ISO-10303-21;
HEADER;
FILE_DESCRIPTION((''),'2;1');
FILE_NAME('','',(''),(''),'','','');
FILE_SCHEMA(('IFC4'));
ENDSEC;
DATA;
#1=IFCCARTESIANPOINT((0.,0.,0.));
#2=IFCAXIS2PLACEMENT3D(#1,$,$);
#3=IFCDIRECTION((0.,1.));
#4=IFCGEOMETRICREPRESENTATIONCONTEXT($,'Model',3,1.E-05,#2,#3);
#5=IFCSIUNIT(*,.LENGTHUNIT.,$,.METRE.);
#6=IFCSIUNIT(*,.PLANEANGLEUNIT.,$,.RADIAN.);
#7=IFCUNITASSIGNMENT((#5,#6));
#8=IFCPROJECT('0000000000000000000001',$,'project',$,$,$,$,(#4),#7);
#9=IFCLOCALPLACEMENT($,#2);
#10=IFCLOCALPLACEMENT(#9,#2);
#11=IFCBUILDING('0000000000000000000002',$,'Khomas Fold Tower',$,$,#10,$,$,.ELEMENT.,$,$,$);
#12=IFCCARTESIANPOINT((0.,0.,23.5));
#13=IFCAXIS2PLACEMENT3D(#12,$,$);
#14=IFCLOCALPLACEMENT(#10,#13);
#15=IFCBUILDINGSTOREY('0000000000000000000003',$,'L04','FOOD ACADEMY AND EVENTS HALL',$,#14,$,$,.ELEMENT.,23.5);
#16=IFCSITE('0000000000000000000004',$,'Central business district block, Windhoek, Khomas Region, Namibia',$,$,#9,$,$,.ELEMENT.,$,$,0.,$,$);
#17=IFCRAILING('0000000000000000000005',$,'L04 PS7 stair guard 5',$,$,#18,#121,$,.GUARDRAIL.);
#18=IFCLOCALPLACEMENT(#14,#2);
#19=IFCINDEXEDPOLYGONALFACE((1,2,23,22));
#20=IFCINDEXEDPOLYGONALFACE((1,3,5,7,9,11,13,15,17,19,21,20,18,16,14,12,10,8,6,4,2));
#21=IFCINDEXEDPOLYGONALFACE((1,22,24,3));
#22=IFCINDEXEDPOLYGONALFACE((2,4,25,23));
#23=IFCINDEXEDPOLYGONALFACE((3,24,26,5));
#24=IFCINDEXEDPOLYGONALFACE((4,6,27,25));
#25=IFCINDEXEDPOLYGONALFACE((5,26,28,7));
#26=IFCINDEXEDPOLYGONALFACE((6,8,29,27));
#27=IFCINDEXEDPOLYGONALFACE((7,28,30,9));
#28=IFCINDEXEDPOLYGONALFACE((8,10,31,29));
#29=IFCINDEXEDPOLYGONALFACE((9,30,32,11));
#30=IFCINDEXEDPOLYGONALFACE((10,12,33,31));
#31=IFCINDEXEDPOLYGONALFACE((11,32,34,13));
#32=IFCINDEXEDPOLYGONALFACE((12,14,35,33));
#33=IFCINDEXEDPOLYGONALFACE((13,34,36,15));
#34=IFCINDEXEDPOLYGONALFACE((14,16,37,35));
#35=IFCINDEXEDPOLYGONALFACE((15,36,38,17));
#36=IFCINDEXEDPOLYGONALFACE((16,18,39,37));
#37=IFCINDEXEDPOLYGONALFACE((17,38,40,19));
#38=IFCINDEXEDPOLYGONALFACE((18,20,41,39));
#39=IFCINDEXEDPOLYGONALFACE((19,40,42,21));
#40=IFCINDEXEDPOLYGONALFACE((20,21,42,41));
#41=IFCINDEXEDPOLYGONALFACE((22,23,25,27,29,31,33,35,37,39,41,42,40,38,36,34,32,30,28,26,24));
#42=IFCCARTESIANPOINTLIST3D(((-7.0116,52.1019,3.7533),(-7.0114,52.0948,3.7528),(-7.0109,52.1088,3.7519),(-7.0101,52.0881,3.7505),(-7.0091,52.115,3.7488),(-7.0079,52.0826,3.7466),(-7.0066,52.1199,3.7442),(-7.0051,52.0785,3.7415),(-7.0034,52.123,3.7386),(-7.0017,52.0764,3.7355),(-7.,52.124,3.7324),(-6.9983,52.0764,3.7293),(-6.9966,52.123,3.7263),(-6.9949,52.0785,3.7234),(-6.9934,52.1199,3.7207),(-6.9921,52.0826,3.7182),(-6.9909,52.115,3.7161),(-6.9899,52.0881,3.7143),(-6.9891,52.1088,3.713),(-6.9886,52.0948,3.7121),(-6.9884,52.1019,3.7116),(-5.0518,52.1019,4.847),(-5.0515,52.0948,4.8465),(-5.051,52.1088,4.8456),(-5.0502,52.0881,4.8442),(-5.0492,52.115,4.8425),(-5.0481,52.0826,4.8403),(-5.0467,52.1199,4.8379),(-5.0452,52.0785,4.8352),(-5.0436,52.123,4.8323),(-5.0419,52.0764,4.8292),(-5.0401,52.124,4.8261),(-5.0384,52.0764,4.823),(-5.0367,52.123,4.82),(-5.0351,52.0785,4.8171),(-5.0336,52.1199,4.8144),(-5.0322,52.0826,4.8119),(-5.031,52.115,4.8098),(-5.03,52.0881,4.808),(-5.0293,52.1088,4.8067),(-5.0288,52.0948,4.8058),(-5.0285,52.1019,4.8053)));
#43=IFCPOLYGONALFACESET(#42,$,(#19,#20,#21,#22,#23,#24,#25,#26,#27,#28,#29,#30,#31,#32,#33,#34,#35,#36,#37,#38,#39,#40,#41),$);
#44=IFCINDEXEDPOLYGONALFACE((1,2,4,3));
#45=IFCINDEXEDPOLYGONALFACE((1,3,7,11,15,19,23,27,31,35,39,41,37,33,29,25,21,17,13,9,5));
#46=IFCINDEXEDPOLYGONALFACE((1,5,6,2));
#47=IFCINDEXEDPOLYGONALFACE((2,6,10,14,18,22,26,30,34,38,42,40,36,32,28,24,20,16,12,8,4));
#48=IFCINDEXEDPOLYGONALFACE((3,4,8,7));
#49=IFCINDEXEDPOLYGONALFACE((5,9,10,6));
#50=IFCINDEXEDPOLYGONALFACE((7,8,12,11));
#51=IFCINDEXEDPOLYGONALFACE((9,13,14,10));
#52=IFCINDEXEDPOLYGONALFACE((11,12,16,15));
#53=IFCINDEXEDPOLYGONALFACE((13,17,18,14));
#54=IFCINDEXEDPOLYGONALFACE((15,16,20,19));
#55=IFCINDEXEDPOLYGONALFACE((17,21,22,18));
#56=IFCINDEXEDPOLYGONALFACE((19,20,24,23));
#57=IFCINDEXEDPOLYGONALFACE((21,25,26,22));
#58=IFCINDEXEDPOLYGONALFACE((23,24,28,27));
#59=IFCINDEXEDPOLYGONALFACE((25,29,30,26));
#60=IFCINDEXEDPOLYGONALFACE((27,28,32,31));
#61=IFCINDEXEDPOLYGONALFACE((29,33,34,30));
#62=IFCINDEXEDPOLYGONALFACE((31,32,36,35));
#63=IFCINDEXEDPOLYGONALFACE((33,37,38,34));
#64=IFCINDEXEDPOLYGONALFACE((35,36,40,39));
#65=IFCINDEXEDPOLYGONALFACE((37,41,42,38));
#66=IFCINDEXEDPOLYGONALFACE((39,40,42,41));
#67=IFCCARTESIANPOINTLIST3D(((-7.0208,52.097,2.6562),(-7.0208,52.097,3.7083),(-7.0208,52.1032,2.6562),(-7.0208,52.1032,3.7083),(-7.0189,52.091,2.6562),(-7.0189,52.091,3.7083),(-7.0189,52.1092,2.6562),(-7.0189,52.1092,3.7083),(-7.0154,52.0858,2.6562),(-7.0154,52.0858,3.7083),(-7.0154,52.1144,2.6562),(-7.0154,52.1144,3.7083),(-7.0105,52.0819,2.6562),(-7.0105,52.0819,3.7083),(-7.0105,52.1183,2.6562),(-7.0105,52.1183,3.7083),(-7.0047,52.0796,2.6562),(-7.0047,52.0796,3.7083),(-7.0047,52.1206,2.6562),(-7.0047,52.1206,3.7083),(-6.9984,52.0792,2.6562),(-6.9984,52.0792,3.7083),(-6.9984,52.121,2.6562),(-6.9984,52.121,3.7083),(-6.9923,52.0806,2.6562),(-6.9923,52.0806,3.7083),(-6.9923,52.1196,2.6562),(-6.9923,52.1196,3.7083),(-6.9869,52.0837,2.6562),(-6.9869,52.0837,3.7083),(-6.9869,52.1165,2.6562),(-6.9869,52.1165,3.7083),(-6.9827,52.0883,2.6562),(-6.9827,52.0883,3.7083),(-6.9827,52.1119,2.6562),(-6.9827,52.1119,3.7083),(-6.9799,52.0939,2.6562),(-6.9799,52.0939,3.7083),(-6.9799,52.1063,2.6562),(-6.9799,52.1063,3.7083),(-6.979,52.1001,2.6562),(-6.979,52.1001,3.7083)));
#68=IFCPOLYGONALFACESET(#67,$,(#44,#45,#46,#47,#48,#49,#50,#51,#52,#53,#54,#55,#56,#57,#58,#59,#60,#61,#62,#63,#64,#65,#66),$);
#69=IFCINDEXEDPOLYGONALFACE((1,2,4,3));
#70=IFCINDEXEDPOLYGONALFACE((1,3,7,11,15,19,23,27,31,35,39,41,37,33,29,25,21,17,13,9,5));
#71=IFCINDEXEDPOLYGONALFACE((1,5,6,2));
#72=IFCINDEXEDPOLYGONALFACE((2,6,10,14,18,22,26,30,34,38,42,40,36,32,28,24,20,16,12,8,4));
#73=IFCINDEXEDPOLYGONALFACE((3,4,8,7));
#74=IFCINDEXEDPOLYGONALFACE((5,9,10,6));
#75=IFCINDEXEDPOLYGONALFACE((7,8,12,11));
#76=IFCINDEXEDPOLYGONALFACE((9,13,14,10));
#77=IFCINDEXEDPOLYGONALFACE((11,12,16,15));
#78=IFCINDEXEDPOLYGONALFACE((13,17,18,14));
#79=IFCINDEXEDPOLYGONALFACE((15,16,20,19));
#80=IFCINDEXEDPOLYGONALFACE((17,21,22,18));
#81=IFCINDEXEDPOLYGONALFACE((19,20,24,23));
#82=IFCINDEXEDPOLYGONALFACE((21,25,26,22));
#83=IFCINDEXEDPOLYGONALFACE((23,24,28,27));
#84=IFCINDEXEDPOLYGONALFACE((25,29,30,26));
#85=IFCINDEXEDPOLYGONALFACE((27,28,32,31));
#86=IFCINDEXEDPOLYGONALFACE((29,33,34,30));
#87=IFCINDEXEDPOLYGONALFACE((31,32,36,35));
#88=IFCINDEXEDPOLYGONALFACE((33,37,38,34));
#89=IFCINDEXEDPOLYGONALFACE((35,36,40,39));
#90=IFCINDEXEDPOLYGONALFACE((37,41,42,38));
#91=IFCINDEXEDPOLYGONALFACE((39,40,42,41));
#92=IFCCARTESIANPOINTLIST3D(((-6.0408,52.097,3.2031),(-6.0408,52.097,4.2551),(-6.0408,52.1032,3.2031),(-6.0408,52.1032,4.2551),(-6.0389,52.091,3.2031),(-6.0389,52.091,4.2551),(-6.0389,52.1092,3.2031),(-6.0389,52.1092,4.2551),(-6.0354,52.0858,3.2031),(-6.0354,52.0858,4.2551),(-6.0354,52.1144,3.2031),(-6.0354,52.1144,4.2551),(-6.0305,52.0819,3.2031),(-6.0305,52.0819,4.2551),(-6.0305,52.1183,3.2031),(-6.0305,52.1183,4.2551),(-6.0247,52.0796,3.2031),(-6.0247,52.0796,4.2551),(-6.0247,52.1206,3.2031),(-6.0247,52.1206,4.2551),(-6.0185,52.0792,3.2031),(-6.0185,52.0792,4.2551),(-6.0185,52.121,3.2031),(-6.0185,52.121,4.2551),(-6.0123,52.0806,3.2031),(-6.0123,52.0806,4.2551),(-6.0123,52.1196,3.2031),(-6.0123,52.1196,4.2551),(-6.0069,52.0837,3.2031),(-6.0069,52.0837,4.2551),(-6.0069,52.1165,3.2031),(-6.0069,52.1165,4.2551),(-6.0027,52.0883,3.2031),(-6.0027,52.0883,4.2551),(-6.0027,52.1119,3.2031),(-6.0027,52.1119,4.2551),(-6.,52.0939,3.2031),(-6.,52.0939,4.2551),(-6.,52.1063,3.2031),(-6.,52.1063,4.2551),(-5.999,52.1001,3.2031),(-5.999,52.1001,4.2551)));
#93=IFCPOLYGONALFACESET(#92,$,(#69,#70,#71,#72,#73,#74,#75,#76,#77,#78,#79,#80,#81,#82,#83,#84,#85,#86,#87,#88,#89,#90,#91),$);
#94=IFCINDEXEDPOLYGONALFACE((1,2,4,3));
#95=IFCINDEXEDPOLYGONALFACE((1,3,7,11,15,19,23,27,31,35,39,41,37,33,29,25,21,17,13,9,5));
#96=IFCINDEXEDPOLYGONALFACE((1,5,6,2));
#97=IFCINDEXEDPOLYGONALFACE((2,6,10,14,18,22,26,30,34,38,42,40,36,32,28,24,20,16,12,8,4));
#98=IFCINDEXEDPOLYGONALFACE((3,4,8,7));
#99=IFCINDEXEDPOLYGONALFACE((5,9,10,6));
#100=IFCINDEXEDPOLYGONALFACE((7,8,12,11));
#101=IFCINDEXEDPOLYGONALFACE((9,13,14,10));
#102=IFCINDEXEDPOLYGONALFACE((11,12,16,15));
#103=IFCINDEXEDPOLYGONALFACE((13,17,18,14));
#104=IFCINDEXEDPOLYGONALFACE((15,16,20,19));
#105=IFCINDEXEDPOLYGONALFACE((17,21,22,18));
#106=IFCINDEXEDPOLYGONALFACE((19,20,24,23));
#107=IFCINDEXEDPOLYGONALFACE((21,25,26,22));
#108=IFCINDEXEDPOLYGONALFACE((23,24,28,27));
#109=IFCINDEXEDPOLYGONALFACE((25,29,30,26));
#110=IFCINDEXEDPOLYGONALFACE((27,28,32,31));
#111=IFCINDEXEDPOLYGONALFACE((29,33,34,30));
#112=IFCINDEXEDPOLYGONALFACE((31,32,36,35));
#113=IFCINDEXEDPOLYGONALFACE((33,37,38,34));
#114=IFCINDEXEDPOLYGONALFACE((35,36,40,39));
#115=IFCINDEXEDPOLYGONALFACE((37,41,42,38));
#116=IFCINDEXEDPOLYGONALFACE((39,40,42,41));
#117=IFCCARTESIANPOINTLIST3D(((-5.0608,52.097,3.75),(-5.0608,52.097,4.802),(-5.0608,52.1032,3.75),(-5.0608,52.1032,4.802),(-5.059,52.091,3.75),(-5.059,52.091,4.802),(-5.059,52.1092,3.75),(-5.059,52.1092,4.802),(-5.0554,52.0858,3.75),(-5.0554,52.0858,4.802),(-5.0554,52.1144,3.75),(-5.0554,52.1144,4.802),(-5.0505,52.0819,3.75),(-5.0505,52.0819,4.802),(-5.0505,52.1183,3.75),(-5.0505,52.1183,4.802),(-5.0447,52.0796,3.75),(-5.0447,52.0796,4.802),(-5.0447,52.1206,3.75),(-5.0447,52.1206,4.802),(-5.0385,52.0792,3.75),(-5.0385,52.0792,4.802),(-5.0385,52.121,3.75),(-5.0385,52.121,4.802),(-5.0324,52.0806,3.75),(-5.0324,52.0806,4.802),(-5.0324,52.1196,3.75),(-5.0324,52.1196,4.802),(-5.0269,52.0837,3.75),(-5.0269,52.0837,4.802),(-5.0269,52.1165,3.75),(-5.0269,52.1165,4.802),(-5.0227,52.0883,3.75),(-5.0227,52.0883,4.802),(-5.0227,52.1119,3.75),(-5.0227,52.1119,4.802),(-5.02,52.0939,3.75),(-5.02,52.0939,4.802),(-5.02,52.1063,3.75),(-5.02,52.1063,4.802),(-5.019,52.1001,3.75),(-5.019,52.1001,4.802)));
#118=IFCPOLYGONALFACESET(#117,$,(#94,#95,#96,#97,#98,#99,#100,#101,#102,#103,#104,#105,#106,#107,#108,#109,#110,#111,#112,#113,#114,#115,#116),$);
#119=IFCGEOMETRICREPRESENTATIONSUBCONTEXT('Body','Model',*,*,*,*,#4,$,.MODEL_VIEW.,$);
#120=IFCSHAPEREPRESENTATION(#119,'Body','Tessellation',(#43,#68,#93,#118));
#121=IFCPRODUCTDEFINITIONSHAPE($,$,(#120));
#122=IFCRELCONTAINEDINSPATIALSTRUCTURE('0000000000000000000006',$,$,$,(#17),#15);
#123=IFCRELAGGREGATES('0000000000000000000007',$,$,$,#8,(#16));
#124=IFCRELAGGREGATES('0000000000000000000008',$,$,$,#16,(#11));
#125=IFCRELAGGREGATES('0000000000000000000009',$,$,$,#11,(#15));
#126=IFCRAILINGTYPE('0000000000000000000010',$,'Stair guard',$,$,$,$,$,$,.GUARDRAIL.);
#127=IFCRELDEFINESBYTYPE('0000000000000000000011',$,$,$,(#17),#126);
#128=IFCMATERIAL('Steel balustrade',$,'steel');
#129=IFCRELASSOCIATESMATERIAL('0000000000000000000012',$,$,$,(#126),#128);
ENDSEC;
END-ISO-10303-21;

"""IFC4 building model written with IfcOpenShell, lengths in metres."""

from ifc_helpers import new_model, si_unit, direction, frame, origin, origin_2d, place, context, subcontext, project, spatial, circle, extrude, source, transform, mapped, material, type_object, element, save


model = new_model("IFC4")

# Units and contexts
model_context = context("Model", 3, precision=1e-05, world=origin(), true_north=direction((0.0, 1.0)))
body_context = subcontext(model_context, "Body", "Model", "MODEL_VIEW")
ifc_project = project(units=[si_unit("LENGTHUNIT", "METRE"), si_unit("PLANEANGLEUNIT", "RADIAN")], contexts=[model_context])

# Site, building, storey
site_placement = place(None, origin())
site = spatial("IfcSite", under=ifc_project, at=site_placement, Name="Central business district block, Windhoek, Khomas Region, Namibia", CompositionType="ELEMENT", RefElevation=0.0)
building_placement = place(site_placement, origin())
building = spatial("IfcBuilding", under=site, at=building_placement, Name="Khomas Fold Tower", CompositionType="ELEMENT")
storey_placement = place(building_placement, frame((0.0, 0.0, 23.5)))
storey = spatial("IfcBuildingStorey", under=building, at=storey_placement, Name="L04", Description="FOOD ACADEMY AND EVENTS HALL", CompositionType="ELEMENT", Elevation=23.5)

# Railing
ifc_material_1 = material(Name="Steel balustrade", Category="steel")
railing_type_1 = type_object("IfcRailingType", Name="Stair guard", PredefinedType="GUARDRAIL", material=ifc_material_1)
shared_shape_1 = source(origin(), body_context, "Body", "SweptSolid", [
    extrude(circle(Radius=0.0239, at=origin_2d()), frame((0.0, 0.0, 1.0762), z_axis=(0.873232, 0.0, 0.487304), x_axis=(0.0, 1.0, 0.0)), (0.0, 0.0, 1.0), 2.2444),
    extrude(circle(Radius=0.021, at=origin_2d()), origin(), (0.0, 0.0, 1.0), 1.052),
    extrude(circle(Radius=0.021, at=origin_2d()), frame((0.98, 0.0, 0.5469)), (0.0, 0.0, 1.0), 1.052),
    extrude(circle(Radius=0.021, at=origin_2d()), frame((1.96, 0.0, 1.0938)), (0.0, 0.0, 1.0), 1.052),
])
for number, where, name in (
    (1, (-7.0, 52.1001, 2.6562), "L04 PS7 stair guard 5"),
):
    element("IfcRailing", number, at=place(storey_placement, frame(where)), inside=storey, type_object=railing_type_1, Name=name, PredefinedType="GUARDRAIL", context=body_context, shape_type="MappedRepresentation", body=[
        mapped(shared_shape_1, transform((0.0, 0.0, 0.0))),
    ])

save(model, "model.ifc")
